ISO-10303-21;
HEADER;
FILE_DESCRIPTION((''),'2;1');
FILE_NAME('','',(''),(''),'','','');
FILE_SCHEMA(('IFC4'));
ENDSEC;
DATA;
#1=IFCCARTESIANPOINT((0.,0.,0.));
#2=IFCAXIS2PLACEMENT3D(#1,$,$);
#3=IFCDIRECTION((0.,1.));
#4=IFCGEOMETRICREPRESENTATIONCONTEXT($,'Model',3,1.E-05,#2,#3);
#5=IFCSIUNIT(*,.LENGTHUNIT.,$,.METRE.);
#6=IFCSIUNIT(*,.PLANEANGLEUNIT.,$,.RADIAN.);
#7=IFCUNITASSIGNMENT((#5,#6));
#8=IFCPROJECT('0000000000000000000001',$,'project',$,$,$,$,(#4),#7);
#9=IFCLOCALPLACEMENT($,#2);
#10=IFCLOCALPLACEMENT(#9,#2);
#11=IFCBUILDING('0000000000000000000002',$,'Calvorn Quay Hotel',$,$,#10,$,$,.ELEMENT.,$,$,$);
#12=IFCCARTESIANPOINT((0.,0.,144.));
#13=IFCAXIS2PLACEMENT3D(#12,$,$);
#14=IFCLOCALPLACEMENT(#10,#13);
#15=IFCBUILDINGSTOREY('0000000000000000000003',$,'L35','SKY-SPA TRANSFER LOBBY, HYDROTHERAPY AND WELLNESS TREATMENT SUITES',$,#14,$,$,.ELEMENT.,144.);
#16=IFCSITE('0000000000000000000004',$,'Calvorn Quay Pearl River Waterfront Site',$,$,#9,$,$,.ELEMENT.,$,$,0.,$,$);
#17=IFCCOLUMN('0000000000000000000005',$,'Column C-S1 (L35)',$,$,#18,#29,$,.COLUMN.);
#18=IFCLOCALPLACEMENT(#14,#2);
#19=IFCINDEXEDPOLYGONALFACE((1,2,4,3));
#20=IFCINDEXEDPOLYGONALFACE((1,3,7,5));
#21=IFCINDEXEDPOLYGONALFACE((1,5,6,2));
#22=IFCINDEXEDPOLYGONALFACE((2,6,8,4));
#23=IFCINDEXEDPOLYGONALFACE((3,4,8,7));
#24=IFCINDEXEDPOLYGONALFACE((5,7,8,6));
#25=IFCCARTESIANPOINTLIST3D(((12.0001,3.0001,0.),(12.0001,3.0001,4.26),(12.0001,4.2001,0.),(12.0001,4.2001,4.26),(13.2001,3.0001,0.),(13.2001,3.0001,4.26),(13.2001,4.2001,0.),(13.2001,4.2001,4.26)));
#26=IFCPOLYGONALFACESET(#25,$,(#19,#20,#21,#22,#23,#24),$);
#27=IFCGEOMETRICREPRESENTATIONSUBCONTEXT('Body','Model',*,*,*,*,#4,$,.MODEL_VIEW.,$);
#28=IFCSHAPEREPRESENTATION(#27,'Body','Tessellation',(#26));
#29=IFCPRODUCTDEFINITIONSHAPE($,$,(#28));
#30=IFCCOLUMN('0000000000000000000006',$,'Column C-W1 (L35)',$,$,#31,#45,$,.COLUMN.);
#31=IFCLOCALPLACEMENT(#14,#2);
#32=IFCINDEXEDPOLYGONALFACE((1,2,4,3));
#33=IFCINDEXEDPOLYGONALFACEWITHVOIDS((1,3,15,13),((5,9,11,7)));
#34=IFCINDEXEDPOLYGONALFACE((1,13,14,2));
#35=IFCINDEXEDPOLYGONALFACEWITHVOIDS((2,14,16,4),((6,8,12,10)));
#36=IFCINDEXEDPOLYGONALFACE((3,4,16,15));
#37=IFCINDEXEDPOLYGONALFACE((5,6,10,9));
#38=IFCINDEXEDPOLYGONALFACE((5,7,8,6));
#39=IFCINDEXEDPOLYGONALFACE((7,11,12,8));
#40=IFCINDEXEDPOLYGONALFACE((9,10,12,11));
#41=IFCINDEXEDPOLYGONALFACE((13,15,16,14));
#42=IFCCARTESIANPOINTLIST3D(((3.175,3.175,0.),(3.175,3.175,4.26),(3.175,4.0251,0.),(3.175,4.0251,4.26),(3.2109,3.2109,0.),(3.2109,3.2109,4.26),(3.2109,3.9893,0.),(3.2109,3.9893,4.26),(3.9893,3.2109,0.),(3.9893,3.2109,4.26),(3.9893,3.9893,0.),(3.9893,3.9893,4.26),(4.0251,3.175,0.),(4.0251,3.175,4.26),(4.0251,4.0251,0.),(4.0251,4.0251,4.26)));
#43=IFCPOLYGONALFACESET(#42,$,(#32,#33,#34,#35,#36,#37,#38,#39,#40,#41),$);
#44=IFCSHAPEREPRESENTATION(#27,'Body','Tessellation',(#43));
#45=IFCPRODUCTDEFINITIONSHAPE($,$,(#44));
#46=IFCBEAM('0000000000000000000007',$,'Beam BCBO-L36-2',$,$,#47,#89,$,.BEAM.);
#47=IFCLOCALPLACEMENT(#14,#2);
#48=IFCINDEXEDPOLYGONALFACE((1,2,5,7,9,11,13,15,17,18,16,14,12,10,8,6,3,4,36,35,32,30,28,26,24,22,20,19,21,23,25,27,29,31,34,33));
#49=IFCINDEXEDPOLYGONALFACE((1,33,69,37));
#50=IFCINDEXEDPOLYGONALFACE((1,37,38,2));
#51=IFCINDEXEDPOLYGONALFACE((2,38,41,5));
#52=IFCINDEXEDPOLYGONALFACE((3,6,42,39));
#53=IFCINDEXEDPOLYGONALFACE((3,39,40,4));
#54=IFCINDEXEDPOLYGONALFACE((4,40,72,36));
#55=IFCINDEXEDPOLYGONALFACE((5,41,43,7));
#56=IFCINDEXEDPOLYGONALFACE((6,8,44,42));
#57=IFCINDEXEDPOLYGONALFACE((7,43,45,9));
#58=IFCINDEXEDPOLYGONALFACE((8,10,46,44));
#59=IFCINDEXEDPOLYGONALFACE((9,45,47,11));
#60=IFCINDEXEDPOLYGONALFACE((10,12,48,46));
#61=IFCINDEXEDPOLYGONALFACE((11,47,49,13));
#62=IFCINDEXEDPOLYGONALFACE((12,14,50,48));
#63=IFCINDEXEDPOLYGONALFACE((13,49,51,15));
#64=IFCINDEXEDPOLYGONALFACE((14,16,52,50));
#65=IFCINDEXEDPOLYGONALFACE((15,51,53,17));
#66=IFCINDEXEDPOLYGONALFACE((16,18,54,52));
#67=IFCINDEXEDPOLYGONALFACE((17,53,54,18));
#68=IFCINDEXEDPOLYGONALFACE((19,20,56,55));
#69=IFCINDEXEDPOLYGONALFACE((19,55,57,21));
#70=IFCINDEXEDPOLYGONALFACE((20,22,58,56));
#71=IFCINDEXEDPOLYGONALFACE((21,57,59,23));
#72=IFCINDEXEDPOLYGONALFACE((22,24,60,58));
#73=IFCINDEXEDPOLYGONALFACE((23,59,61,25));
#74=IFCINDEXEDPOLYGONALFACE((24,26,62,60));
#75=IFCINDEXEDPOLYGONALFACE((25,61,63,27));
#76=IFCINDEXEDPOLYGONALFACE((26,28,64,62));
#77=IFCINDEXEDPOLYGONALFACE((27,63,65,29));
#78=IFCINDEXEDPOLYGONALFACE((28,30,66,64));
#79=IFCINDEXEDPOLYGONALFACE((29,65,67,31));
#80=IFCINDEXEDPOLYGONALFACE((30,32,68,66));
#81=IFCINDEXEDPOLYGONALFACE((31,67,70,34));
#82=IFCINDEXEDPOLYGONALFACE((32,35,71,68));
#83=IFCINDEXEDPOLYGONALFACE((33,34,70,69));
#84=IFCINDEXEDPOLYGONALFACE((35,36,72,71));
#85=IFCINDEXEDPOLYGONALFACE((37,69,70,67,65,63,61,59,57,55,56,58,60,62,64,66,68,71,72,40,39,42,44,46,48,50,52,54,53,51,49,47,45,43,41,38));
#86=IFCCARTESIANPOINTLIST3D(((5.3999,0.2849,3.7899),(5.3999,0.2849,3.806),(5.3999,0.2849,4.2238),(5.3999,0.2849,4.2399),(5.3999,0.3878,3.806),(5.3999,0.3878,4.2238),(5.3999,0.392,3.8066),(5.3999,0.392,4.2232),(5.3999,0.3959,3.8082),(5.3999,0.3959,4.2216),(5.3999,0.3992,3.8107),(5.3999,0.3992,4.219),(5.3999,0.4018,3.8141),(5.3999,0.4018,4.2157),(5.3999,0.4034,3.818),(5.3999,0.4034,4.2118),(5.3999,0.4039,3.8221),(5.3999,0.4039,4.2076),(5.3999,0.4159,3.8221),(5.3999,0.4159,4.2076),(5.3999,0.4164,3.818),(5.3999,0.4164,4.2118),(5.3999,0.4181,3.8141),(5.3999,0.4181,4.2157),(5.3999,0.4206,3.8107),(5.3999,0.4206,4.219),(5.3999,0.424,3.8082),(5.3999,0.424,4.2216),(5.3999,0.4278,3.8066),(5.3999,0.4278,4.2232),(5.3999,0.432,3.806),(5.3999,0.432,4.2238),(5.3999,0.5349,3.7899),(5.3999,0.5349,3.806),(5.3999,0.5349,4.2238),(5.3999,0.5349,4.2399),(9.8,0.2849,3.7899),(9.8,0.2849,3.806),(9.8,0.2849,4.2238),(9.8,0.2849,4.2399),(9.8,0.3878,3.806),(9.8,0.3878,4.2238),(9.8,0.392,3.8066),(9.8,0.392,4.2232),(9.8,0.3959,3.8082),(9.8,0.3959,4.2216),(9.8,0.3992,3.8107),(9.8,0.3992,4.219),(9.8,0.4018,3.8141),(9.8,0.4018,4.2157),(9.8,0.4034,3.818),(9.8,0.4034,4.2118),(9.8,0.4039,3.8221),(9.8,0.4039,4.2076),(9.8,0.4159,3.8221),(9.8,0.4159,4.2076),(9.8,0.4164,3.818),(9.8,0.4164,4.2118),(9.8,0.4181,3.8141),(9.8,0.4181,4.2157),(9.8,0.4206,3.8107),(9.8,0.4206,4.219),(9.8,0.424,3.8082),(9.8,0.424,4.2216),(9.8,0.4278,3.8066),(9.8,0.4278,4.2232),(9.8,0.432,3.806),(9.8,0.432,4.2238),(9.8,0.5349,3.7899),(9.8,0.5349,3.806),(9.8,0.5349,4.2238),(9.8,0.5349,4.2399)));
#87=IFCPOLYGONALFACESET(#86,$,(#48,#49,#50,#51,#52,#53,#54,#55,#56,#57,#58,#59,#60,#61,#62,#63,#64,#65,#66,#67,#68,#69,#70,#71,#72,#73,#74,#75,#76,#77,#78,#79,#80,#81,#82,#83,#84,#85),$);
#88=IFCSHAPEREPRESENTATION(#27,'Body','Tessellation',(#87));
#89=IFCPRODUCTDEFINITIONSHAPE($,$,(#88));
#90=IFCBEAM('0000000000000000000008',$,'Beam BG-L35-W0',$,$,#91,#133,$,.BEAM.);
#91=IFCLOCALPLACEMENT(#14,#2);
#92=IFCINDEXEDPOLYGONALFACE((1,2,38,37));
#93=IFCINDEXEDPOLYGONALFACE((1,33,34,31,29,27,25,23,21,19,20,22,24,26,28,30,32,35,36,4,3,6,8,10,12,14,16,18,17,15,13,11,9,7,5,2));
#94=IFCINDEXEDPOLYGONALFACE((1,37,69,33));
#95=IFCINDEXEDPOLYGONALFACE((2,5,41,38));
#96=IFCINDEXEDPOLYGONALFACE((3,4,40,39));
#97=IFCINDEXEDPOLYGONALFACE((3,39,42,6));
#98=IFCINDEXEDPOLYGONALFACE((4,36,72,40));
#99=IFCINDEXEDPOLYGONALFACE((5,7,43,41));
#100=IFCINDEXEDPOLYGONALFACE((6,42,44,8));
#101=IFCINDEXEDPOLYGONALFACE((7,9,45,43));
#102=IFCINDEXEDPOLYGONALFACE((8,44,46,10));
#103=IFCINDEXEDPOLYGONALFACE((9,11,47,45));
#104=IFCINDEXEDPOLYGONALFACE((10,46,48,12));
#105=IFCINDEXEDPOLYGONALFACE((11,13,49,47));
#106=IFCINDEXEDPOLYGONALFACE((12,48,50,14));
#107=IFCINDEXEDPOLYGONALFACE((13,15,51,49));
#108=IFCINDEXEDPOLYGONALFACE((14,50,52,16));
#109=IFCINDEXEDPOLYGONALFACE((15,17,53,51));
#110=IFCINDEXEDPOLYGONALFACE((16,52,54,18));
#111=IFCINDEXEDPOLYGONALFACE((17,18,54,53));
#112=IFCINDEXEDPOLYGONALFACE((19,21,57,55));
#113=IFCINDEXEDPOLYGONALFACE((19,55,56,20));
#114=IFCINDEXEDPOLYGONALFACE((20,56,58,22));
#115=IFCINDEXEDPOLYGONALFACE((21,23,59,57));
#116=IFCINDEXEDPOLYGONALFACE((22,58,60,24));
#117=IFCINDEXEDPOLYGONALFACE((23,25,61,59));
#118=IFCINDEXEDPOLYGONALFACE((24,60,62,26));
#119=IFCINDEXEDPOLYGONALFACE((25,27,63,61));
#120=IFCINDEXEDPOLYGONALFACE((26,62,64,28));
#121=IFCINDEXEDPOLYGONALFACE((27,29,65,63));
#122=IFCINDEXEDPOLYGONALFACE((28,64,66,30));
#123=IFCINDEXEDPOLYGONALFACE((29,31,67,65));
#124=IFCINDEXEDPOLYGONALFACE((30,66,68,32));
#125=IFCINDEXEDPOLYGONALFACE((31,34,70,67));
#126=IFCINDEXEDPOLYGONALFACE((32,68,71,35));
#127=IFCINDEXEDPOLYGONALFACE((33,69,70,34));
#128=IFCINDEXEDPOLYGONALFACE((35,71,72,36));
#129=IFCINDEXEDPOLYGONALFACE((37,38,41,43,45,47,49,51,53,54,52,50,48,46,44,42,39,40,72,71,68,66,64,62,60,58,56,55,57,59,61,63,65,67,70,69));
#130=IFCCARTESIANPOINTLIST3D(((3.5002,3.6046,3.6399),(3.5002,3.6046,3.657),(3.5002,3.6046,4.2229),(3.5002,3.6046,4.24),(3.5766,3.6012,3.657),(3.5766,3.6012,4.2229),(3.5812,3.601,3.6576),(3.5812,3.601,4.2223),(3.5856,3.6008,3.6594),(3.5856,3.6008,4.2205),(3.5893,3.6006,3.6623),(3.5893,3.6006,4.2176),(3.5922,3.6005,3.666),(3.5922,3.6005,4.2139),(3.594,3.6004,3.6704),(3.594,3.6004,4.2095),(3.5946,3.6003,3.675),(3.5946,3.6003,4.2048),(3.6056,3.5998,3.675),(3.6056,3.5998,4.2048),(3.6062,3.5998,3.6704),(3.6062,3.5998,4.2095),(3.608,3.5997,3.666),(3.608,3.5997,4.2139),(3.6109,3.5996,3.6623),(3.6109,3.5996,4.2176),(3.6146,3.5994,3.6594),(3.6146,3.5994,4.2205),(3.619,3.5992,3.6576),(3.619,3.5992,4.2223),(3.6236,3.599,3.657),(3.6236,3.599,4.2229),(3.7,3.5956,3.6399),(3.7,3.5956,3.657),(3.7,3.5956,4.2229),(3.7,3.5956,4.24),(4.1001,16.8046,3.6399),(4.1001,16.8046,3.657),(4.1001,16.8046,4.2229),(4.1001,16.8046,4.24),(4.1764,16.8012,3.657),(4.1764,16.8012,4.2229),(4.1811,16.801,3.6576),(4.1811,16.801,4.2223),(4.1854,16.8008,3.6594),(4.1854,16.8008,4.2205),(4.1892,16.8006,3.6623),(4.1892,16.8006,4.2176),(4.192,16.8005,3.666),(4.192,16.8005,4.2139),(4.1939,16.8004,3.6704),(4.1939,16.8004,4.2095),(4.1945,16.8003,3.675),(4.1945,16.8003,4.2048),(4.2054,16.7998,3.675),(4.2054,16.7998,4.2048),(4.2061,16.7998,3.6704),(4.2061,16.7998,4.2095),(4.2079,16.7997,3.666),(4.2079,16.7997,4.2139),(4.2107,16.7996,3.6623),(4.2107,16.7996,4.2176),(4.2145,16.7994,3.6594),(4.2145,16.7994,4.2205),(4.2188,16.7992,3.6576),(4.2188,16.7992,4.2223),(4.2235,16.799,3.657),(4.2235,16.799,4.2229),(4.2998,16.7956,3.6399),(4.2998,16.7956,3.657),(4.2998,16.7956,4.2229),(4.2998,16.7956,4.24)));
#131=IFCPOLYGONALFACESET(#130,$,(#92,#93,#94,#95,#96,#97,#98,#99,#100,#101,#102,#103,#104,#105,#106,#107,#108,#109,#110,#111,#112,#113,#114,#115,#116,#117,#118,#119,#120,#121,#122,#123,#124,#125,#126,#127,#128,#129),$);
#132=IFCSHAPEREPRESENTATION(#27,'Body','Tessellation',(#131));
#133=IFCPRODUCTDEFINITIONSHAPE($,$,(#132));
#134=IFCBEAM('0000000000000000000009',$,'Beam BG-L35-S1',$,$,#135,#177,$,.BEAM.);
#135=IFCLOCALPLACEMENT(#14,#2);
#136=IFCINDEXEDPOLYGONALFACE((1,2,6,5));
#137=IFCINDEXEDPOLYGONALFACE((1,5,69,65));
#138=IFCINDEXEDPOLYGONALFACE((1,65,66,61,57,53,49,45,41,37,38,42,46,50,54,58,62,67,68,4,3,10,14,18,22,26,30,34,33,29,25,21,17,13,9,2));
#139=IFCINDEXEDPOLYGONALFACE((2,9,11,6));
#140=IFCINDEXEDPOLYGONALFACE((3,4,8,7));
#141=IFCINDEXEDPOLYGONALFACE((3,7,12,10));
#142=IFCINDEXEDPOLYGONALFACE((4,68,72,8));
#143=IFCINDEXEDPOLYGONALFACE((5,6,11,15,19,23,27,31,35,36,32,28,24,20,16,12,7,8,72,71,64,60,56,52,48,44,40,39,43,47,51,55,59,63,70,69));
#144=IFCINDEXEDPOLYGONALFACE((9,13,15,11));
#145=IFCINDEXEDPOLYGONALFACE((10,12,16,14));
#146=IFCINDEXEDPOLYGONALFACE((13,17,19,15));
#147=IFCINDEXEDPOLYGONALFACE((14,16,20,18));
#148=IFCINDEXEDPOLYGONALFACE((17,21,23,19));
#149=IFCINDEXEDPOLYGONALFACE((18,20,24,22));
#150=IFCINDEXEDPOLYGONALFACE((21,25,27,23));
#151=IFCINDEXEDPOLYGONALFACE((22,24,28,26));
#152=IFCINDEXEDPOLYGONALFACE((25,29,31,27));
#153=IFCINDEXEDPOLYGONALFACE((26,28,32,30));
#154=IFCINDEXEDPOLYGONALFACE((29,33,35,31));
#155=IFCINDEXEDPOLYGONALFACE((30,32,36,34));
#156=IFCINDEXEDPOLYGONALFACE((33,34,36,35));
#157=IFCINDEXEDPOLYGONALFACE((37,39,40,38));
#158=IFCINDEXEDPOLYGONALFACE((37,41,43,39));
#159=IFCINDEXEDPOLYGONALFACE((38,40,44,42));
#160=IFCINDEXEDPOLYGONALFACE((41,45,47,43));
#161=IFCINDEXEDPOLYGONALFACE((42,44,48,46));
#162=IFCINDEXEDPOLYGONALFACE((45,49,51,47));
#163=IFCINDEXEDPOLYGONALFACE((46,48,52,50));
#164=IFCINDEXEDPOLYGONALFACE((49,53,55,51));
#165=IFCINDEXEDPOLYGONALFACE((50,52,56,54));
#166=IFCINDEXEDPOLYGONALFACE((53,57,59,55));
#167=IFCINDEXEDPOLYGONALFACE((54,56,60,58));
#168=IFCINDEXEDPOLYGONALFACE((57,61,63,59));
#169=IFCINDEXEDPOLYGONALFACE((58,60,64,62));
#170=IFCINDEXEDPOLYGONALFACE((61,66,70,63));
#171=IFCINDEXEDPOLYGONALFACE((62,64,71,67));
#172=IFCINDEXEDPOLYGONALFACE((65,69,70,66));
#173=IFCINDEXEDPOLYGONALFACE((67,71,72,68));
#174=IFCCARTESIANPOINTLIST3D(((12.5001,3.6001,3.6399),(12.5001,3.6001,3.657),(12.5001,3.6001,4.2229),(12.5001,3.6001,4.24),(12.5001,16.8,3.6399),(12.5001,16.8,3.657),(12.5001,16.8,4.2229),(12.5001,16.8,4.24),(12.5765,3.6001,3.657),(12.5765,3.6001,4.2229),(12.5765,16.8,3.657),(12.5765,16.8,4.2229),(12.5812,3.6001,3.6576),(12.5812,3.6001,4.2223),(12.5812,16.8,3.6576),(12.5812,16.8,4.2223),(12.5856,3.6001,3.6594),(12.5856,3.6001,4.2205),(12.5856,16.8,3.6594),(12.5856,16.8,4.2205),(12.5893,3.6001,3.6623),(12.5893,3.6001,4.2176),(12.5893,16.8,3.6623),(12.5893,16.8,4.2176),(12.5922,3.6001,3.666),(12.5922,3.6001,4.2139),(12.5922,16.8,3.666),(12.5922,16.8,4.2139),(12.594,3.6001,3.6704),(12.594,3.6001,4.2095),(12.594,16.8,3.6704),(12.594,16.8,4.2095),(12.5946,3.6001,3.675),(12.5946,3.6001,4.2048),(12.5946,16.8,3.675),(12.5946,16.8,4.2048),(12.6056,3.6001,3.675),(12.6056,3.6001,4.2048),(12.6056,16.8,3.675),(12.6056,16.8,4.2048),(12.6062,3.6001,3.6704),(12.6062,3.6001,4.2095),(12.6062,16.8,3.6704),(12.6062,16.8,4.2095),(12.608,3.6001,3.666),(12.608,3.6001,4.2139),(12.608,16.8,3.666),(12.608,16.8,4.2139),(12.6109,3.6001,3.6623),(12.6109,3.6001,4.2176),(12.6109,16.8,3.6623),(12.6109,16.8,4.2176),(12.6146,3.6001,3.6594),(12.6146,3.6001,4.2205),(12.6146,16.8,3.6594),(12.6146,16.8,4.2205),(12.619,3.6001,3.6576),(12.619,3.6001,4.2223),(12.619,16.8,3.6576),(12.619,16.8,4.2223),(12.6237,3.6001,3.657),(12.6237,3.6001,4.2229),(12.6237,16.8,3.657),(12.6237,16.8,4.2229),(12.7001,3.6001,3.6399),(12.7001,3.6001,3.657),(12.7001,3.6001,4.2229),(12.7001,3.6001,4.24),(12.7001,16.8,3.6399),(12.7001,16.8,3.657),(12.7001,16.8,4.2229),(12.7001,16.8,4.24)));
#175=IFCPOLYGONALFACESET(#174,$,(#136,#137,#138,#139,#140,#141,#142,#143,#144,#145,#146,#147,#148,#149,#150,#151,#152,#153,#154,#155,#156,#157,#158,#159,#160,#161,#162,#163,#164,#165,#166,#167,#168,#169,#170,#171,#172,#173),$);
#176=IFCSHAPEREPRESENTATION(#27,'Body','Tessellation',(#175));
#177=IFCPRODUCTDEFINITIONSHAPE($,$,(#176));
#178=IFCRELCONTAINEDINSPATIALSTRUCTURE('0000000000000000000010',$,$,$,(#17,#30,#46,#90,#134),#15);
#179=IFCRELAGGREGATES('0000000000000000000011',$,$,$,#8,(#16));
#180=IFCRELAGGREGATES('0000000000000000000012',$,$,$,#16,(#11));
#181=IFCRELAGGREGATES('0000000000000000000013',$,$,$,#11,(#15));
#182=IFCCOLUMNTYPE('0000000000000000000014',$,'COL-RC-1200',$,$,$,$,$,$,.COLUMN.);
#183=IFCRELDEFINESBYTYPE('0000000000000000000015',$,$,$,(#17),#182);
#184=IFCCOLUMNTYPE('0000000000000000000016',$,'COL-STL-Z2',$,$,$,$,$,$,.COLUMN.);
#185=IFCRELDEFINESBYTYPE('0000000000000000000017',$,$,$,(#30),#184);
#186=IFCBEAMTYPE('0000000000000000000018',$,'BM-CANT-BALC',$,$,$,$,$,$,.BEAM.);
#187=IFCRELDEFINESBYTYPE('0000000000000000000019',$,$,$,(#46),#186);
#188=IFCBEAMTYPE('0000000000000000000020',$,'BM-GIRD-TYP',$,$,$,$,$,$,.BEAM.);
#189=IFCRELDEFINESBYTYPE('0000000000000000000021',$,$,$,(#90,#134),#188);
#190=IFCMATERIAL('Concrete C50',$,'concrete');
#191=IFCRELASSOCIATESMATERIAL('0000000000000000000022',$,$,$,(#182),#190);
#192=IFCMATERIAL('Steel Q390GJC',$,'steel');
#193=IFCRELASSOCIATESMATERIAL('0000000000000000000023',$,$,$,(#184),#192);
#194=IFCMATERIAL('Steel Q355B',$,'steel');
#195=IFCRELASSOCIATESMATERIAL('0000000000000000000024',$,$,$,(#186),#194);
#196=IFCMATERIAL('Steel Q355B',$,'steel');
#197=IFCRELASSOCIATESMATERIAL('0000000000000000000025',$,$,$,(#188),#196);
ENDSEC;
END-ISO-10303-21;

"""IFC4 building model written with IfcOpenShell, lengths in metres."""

from ifc_helpers import new_model, si_unit, direction, frame, origin, origin_2d, place, context, subcontext, project, spatial, rectangle, hollow_rectangle, i_section, extrude, material, material_profile, profile_set, type_object, element, save


model = new_model("IFC4")

# Units and contexts
model_context = context("Model", 3, precision=1e-05, world=origin(), true_north=direction((0.0, 1.0)))
body_context = subcontext(model_context, "Body", "Model", "MODEL_VIEW")
ifc_project = project(units=[si_unit("LENGTHUNIT", "METRE"), si_unit("PLANEANGLEUNIT", "RADIAN")], contexts=[model_context])

# Site, building, storey
site_placement = place(None, origin())
site = spatial("IfcSite", under=ifc_project, at=site_placement, Name="Calvorn Quay Pearl River Waterfront Site", CompositionType="ELEMENT", RefElevation=0.0)
building_placement = place(site_placement, origin())
building = spatial("IfcBuilding", under=site, at=building_placement, Name="Calvorn Quay Hotel", CompositionType="ELEMENT")
storey_placement = place(building_placement, frame((0.0, 0.0, 144.0)))
storey = spatial("IfcBuildingStorey", under=building, at=storey_placement, Name="L35", Description="SKY-SPA TRANSFER LOBBY, HYDROTHERAPY AND WELLNESS TREATMENT SUITES", CompositionType="ELEMENT", Elevation=144.0)

# Columns
ifc_material_1 = material(Name="Concrete C50", Category="concrete")
ifc_material_profile_1 = material_profile(ifc_material_1, rectangle(XDim=1.2, YDim=1.2, at=origin_2d()), Name="RC1200x1200")
ifc_profile_set_1 = profile_set([ifc_material_profile_1], Name="Concrete C50")
column_type_1 = type_object("IfcColumnType", Name="COL-RC-1200", PredefinedType="COLUMN", material=ifc_profile_set_1)
column_1_placement = place(storey_placement, frame((12.6001, 3.6001, 0.0), z_axis=(0.0, 0.0, 1.0), x_axis=(1.0, 0.0, 0.0)))
element("IfcColumn", 1, at=column_1_placement, inside=storey, type_object=column_type_1, Name="Column C-S1 (L35)", PredefinedType="COLUMN", context=body_context, shape_type="SweptSolid", body=[
    extrude(rectangle(XDim=1.2, YDim=1.2, at=origin_2d()), origin(), (0.0, 0.0, 1.0), 4.26),
])
ifc_material_2 = material(Name="Steel Q390GJC", Category="steel")
ifc_material_profile_2 = material_profile(ifc_material_2, hollow_rectangle(XDim=0.8501, YDim=0.8501, WallThickness=0.0359, at=origin_2d()), Name="BOX850x850x36")
ifc_profile_set_2 = profile_set([ifc_material_profile_2], Name="Steel Q390GJC")
column_type_2 = type_object("IfcColumnType", Name="COL-STL-Z2", PredefinedType="COLUMN", material=ifc_profile_set_2)
column_2_placement = place(storey_placement, frame((3.6001, 3.6001, 0.0), z_axis=(0.0, 0.0, 1.0), x_axis=(1.0, 0.0, 0.0)))
element("IfcColumn", 2, at=column_2_placement, inside=storey, type_object=column_type_2, Name="Column C-W1 (L35)", PredefinedType="COLUMN", context=body_context, shape_type="SweptSolid", body=[
    extrude(hollow_rectangle(XDim=0.8501, YDim=0.8501, WallThickness=0.0359, at=origin_2d()), origin(), (0.0, 0.0, 1.0), 4.26),
])

# Beams
ifc_material_3 = material(Name="Steel Q355B", Category="steel")
ifc_material_profile_3 = material_profile(ifc_material_3, i_section(OverallWidth=0.25, OverallDepth=0.45, WebThickness=0.012, FlangeThickness=0.0161, FilletRadius=0.0161, at=origin_2d()), Name="HN450x250x12x16")
ifc_profile_set_3 = profile_set([ifc_material_profile_3], Name="Steel Q355B")
beam_type_1 = type_object("IfcBeamType", Name="BM-CANT-BALC", PredefinedType="BEAM", material=ifc_profile_set_3)
beam_1_placement = place(storey_placement, frame((5.3999, 0.4099, 4.0149), z_axis=(1.0, 0.0, 0.0), x_axis=(0.0, 1.0, 0.0)))
element("IfcBeam", 3, at=beam_1_placement, inside=storey, type_object=beam_type_1, Name="Beam BCBO-L36-2", PredefinedType="BEAM", context=body_context, shape_type="SweptSolid", body=[
    extrude(i_section(OverallWidth=0.25, OverallDepth=0.45, WebThickness=0.012, FlangeThickness=0.0161, FilletRadius=0.0161, at=origin_2d()), origin(), (0.0, 0.0, 1.0), 4.4001),
])
ifc_material_4 = material(Name="Steel Q355B", Category="steel")
ifc_material_profile_4 = material_profile(ifc_material_4, i_section(OverallWidth=0.2, OverallDepth=0.6001, WebThickness=0.011, FlangeThickness=0.0171, FilletRadius=0.0181, at=origin_2d()), Name="HN600x200x11x17")
ifc_profile_set_4 = profile_set([ifc_material_profile_4], Name="Steel Q355B")
beam_type_2 = type_object("IfcBeamType", Name="BM-GIRD-TYP", PredefinedType="BEAM", material=ifc_profile_set_4)
beam_2_placement = place(storey_placement, frame((3.6001, 3.6001, 3.9399), z_axis=(0.045397, 0.998969, 0.0), x_axis=(-0.998969, 0.045397, 0.0)))
element("IfcBeam", 4, at=beam_2_placement, inside=storey, type_object=beam_type_2, Name="Beam BG-L35-W0", PredefinedType="BEAM", context=body_context, shape_type="SweptSolid", body=[
    extrude(i_section(OverallWidth=0.2, OverallDepth=0.6001, WebThickness=0.011, FlangeThickness=0.0171, FilletRadius=0.0181, at=origin_2d()), origin(), (0.0, 0.0, 1.0), 13.2136),
])
beam_3_placement = place(storey_placement, frame((12.6001, 3.6001, 3.9399), z_axis=(0.0, 1.0, 0.0), x_axis=(-1.0, 0.0, 0.0)))
element("IfcBeam", 5, at=beam_3_placement, inside=storey, type_object=beam_type_2, Name="Beam BG-L35-S1", PredefinedType="BEAM", context=body_context, shape_type="SweptSolid", body=[
    extrude(i_section(OverallWidth=0.2, OverallDepth=0.6001, WebThickness=0.011, FlangeThickness=0.0171, FilletRadius=0.0181, at=origin_2d()), origin(), (0.0, 0.0, 1.0), 13.2),
])

save(model, "model.ifc")
